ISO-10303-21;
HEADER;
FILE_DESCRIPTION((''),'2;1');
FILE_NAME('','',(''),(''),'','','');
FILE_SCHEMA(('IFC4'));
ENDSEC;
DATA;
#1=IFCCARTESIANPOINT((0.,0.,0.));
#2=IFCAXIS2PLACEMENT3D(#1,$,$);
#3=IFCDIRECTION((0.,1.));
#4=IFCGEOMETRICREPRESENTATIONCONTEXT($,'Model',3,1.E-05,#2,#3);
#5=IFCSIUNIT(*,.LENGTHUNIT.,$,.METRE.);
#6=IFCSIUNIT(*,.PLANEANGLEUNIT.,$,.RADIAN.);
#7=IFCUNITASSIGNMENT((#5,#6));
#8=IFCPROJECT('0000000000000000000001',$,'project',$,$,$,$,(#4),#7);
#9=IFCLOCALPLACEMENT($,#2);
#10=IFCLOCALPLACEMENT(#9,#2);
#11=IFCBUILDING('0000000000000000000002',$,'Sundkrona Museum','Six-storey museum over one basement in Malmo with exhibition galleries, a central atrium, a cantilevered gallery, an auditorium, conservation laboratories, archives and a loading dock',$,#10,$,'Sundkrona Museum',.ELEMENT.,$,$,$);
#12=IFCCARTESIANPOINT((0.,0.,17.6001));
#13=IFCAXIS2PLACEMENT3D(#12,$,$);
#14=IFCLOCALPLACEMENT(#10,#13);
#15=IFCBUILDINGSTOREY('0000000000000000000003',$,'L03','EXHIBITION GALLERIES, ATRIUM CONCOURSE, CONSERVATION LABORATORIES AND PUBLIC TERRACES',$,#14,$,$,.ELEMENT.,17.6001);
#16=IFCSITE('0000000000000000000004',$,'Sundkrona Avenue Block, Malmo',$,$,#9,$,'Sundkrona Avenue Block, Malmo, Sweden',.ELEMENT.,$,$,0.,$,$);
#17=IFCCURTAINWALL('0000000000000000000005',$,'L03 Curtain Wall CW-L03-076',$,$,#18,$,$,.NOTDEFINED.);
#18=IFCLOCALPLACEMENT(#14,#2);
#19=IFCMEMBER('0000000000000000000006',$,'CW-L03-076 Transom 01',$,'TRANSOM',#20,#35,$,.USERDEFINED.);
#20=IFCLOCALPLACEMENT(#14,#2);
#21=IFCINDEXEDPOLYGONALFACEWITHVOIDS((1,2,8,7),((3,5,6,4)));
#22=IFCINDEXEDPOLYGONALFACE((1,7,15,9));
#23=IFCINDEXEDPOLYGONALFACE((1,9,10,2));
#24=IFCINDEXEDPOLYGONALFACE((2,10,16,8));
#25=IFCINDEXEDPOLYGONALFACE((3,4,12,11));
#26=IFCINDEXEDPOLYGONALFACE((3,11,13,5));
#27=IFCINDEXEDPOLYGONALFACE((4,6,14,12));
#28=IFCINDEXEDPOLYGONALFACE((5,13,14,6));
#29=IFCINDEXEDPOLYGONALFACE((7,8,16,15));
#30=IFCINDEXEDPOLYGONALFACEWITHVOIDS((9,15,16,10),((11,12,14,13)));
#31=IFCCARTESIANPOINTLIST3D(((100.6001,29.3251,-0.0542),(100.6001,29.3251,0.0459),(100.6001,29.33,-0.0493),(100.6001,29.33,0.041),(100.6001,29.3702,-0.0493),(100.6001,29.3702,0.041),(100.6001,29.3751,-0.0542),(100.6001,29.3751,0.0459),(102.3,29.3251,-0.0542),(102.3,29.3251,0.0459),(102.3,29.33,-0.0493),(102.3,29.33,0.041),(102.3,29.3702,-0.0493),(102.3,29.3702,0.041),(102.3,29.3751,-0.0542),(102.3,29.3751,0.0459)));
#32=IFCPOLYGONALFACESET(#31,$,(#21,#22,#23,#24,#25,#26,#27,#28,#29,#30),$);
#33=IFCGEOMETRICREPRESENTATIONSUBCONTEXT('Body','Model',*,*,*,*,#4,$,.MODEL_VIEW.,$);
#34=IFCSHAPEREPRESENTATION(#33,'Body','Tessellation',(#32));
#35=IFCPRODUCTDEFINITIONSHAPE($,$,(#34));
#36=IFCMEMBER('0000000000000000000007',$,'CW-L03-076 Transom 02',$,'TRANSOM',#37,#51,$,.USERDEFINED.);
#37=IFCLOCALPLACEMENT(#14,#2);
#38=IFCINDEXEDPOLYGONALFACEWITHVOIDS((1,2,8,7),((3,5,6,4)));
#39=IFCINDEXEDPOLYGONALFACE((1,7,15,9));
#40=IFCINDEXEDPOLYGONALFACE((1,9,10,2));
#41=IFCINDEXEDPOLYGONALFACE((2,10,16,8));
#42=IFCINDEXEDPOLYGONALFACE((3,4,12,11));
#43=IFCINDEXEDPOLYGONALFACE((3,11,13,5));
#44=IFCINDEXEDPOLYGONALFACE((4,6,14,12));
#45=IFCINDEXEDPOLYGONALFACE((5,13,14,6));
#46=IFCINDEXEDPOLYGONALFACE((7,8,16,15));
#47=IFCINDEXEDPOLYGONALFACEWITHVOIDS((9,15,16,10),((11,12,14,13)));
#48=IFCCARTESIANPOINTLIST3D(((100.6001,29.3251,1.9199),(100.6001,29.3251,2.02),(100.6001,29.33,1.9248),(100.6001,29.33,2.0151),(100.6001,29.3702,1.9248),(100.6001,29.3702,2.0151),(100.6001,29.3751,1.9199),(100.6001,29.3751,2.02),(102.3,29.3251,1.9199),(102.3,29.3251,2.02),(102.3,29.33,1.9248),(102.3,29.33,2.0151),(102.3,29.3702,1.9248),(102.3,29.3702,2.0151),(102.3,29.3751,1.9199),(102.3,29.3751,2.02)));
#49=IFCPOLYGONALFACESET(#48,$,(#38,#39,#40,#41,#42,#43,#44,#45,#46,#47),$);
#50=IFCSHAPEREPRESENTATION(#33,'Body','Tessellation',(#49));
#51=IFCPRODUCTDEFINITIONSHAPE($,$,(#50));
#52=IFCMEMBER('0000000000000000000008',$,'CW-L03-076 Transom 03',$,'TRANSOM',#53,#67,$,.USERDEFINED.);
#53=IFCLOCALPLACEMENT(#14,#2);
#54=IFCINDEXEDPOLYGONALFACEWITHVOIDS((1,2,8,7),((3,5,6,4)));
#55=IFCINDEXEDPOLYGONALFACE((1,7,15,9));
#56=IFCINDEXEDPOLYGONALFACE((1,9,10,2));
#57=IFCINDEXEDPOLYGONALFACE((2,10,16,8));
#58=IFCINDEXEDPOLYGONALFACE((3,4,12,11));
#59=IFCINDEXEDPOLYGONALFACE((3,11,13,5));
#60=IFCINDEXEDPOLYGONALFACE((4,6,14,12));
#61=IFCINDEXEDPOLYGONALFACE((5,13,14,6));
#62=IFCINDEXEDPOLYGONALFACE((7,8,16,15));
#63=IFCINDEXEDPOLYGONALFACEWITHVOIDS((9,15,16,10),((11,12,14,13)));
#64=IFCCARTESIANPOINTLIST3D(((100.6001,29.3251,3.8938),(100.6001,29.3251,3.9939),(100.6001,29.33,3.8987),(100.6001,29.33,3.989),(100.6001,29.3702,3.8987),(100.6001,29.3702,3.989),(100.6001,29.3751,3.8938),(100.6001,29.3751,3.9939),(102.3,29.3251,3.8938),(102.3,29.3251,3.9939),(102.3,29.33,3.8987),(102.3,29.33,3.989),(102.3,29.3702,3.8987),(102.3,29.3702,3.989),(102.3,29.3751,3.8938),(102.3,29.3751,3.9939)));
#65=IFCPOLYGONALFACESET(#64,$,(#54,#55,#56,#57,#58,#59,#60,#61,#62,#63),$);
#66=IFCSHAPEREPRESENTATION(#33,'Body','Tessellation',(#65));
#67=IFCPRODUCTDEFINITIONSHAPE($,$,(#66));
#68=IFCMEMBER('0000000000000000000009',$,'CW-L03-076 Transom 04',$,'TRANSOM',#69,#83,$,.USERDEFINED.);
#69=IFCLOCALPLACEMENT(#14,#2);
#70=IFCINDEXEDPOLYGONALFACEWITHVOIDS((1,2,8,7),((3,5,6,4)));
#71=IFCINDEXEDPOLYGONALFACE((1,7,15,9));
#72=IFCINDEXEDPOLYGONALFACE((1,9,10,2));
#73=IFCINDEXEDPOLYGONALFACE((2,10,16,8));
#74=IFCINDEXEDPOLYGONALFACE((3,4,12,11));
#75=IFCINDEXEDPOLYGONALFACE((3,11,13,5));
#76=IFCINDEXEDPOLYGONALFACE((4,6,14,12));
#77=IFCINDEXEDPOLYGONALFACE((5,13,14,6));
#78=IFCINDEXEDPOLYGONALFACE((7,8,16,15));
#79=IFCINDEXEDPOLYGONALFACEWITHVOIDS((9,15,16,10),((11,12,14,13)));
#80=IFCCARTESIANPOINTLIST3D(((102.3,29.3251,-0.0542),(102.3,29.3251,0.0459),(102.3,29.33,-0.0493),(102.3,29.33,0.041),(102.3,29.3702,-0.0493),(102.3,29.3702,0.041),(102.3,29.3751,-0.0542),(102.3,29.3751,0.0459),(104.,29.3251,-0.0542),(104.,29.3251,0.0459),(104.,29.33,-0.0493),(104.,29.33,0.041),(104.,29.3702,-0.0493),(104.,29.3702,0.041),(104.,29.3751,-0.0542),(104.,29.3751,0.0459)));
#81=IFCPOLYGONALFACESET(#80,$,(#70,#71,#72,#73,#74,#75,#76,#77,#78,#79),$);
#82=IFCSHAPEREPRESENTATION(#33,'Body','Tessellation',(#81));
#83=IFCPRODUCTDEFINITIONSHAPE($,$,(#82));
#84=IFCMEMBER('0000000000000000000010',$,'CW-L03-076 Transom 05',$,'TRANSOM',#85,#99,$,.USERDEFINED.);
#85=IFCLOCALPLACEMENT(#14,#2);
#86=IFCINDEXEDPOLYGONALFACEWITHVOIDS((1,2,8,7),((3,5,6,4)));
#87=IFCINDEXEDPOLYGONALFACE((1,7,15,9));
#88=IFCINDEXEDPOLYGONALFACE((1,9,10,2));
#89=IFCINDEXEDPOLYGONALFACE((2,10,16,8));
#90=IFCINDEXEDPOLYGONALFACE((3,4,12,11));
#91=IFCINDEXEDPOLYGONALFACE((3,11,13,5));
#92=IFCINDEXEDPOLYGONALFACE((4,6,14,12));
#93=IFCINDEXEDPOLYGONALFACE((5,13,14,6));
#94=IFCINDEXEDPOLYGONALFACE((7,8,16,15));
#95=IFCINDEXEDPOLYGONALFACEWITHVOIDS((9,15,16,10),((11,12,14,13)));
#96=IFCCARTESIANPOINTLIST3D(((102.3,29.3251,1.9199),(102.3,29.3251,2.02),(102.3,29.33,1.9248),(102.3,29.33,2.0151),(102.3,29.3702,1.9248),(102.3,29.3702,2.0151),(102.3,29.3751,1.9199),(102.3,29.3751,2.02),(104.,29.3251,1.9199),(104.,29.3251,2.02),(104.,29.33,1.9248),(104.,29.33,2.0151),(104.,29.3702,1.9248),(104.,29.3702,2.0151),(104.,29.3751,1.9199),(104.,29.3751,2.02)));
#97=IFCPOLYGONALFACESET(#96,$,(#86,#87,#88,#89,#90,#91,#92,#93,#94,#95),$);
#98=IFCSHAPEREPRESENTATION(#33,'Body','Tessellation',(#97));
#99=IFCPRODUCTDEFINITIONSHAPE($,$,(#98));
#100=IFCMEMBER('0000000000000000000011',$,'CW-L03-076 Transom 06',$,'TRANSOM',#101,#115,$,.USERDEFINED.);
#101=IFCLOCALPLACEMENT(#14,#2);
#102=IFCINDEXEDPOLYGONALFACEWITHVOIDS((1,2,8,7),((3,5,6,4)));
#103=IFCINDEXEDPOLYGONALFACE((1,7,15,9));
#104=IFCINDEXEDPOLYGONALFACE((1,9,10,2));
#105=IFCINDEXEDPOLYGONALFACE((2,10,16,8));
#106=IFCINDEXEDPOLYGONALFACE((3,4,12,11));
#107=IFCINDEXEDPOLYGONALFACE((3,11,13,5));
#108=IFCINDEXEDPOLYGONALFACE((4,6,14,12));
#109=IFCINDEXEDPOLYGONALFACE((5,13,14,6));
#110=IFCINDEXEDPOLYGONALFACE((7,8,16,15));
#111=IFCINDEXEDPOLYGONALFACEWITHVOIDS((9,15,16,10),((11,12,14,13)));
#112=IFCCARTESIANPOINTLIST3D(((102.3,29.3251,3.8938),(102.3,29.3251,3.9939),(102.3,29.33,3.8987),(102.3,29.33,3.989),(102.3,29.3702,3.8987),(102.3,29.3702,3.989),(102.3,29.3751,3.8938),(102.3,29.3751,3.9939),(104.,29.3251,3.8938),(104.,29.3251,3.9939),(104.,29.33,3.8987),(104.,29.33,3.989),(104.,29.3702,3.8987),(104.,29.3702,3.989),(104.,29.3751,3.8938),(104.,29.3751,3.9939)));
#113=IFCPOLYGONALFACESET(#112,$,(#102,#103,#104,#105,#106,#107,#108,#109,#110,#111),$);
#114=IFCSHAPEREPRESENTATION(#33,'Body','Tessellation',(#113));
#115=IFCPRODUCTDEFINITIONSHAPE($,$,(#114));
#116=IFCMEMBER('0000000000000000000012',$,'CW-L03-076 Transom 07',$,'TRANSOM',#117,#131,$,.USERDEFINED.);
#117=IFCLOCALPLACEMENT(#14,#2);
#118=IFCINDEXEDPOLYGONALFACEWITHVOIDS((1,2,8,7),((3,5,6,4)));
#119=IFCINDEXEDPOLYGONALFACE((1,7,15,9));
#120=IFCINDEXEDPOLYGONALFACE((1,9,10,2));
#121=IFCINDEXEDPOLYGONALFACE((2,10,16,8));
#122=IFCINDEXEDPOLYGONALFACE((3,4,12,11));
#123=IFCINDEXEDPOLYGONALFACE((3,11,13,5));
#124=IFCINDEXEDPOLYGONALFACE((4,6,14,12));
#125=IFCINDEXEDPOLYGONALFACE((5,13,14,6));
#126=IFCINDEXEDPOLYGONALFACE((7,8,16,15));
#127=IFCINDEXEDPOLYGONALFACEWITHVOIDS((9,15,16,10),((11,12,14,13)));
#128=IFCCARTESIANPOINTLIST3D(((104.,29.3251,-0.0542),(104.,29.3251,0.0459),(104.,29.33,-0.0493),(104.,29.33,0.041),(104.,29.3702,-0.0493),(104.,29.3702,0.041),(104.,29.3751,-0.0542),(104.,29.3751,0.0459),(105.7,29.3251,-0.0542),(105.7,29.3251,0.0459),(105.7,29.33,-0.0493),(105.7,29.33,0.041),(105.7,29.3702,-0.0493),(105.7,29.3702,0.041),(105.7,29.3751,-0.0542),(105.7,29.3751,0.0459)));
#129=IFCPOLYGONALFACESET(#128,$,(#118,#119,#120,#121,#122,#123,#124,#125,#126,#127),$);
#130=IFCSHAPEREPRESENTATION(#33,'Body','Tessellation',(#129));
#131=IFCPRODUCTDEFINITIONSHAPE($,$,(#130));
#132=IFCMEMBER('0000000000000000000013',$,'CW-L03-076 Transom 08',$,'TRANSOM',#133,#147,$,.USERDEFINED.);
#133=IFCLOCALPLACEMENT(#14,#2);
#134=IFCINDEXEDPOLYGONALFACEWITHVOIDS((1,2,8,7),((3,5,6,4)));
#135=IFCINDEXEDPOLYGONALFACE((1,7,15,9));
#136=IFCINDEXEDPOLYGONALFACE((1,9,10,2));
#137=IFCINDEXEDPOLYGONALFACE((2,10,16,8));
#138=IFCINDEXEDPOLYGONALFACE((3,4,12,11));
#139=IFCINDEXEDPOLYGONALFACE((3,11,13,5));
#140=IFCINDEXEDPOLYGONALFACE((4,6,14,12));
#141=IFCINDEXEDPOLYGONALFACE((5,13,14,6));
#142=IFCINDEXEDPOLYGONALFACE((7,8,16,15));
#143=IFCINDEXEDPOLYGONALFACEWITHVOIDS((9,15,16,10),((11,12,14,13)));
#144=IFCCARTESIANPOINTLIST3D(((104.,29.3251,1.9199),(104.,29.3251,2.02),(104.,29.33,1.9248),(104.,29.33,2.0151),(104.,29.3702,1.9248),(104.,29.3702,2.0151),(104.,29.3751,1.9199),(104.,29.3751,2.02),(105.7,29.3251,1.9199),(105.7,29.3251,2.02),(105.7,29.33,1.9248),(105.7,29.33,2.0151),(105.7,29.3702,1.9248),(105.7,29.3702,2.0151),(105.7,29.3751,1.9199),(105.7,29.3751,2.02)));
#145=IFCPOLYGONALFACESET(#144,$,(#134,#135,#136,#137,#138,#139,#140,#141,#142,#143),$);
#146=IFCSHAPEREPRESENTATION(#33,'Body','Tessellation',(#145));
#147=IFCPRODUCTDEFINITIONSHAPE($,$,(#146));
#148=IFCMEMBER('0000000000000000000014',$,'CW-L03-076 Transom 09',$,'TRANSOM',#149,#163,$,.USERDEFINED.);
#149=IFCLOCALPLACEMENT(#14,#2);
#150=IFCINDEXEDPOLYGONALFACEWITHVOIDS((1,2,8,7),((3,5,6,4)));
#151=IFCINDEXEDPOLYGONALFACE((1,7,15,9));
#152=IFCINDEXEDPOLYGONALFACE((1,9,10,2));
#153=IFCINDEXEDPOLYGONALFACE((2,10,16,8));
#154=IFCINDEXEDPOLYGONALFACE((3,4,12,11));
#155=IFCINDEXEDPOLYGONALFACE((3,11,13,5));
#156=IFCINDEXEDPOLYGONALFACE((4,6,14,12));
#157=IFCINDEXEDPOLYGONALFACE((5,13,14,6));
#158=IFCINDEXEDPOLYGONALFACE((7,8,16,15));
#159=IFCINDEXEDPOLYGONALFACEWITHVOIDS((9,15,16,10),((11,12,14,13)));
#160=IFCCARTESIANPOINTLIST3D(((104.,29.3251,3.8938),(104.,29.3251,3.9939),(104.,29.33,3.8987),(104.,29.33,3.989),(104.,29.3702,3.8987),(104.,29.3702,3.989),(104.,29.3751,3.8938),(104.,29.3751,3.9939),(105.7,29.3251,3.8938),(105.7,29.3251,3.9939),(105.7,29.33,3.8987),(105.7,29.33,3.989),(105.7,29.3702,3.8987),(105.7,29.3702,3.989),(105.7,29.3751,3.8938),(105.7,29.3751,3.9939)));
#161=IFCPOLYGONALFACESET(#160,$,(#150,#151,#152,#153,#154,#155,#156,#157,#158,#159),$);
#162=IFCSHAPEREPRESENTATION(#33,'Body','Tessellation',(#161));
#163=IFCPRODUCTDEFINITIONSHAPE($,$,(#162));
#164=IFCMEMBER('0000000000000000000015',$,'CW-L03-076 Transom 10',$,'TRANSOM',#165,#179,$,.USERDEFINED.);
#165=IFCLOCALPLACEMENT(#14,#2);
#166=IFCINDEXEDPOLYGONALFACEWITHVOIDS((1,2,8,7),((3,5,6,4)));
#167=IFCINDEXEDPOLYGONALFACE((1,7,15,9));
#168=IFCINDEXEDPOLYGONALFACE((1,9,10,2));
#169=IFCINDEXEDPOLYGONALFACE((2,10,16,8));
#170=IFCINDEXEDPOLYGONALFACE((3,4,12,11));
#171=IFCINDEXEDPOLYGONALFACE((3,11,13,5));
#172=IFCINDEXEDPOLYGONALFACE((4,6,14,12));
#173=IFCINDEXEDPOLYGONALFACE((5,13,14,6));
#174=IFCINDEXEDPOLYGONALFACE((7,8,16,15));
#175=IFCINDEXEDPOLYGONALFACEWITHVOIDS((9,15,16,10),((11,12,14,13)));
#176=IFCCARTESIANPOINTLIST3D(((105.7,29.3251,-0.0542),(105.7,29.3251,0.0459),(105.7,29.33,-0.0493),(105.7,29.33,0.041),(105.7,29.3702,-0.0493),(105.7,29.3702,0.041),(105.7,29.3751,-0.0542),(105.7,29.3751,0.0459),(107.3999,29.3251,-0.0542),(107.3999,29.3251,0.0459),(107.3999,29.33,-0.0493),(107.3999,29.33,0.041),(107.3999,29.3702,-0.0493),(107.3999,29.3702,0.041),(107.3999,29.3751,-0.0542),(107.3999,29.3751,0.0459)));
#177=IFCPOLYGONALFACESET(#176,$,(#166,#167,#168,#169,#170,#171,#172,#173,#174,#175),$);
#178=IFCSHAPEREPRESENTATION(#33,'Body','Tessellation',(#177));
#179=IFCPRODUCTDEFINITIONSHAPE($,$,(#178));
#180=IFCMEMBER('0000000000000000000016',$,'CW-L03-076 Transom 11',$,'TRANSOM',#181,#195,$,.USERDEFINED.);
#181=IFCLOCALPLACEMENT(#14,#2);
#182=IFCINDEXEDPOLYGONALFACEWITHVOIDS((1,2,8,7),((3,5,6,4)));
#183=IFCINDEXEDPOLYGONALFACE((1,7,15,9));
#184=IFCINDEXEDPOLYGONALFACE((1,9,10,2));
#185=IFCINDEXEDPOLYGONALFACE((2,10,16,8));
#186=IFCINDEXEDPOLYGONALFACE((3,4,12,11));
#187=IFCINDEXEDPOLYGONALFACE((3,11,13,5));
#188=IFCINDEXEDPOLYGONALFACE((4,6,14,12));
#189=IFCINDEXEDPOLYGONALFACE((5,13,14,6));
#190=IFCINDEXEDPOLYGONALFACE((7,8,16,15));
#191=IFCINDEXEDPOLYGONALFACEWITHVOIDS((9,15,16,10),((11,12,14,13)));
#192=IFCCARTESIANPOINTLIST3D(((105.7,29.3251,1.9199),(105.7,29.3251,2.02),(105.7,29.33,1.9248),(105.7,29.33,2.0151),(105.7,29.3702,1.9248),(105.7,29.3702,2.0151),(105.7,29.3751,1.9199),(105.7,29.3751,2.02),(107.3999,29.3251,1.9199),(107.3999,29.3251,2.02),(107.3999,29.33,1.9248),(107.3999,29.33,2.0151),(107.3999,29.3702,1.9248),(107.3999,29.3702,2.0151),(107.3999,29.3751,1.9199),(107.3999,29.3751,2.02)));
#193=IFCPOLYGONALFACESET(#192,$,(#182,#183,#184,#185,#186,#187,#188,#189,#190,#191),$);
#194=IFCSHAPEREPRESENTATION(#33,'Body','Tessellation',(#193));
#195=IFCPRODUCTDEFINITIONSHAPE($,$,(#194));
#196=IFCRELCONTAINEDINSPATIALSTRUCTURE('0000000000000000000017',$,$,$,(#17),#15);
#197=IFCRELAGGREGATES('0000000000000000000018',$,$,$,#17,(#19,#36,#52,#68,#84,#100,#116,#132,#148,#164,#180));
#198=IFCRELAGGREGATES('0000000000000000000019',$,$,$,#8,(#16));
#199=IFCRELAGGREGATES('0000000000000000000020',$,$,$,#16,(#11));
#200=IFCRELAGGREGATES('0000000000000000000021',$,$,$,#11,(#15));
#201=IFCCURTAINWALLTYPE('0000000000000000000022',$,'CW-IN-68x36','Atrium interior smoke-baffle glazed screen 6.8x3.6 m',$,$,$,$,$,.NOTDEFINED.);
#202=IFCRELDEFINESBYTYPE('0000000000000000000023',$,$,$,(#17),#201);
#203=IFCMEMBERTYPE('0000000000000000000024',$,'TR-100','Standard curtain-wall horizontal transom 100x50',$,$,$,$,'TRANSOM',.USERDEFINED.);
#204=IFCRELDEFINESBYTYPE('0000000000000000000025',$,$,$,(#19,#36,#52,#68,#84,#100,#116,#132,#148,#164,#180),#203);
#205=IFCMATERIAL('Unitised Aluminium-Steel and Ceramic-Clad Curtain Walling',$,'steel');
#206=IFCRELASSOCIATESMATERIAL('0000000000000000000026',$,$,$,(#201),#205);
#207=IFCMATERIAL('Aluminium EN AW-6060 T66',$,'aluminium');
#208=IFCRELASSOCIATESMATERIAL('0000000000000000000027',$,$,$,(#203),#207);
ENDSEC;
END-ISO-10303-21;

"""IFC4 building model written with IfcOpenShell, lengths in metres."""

from ifc_helpers import new_model, si_unit, direction, frame, origin, origin_2d, place, context, subcontext, project, spatial, hollow_rectangle, extrude, material, material_profile, profile_set, type_object, element, aggregate, save


model = new_model("IFC4")

# Units and contexts
model_context = context("Model", 3, precision=1e-05, world=origin(), true_north=direction((0.0, 1.0)))
body_context = subcontext(model_context, "Body", "Model", "MODEL_VIEW")
ifc_project = project(units=[si_unit("LENGTHUNIT", "METRE"), si_unit("PLANEANGLEUNIT", "RADIAN")], contexts=[model_context])

# Site, building, storey
site_placement = place(None, origin())
site = spatial("IfcSite", under=ifc_project, at=site_placement, Name="Sundkrona Avenue Block, Malmo", LongName="Sundkrona Avenue Block, Malmo, Sweden", CompositionType="ELEMENT", RefElevation=0.0)
building_placement = place(site_placement, origin())
building = spatial("IfcBuilding", under=site, at=building_placement, Name="Sundkrona Museum", Description="Six-storey museum over one basement in Malmo with exhibition galleries, a central atrium, a cantilevered gallery, an auditorium, conservation laboratories, archives and a loading dock", LongName="Sundkrona Museum", CompositionType="ELEMENT")
storey_placement = place(building_placement, frame((0.0, 0.0, 17.6001)))
storey = spatial("IfcBuildingStorey", under=building, at=storey_placement, Name="L03", Description="EXHIBITION GALLERIES, ATRIUM CONCOURSE, CONSERVATION LABORATORIES AND PUBLIC TERRACES", CompositionType="ELEMENT", Elevation=17.6001)

# Curtain wall, members
ifc_material_1 = material(Name="Unitised Aluminium-Steel and Ceramic-Clad Curtain Walling", Category="steel")
curtain_wall_type = type_object("IfcCurtainWallType", Name="CW-IN-68x36", Description="Atrium interior smoke-baffle glazed screen 6.8x3.6 m", PredefinedType="NOTDEFINED", material=ifc_material_1)
curtain_wall_placement = place(storey_placement, origin())
curtain_wall = element("IfcCurtainWall", 1, at=curtain_wall_placement, inside=storey, type_object=curtain_wall_type, Name="L03 Curtain Wall CW-L03-076", PredefinedType="NOTDEFINED")
ifc_material_2 = material(Name="Aluminium EN AW-6060 T66", Category="aluminium")
ifc_material_profile_1 = material_profile(ifc_material_2, hollow_rectangle(XDim=0.05, YDim=0.1001, WallThickness=0.0049, at=origin_2d()), Name="RHS 100x50x5.0")
ifc_profile_set_1 = profile_set([ifc_material_profile_1], Name="Aluminium EN AW-6060 T66")
member_type_1 = type_object("IfcMemberType", Name="TR-100", Description="Standard curtain-wall horizontal transom 100x50", ElementType="TRANSOM", PredefinedType="USERDEFINED", material=ifc_profile_set_1)
member_1_placement = place(storey_placement, frame((100.6001, 29.3501, -0.0042), z_axis=(1.0, 0.0, 0.0), x_axis=(0.0, 1.0, 0.0)))
member_1 = element("IfcMember", 2, at=member_1_placement, type_object=member_type_1, Name="CW-L03-076 Transom 01", ObjectType="TRANSOM", PredefinedType="USERDEFINED", context=body_context, shape_type="SweptSolid", body=[
    extrude(hollow_rectangle(XDim=0.05, YDim=0.1001, WallThickness=0.0049, at=origin_2d()), origin(), (0.0, 0.0, 1.0), 1.7),
])
member_2_placement = place(storey_placement, frame((100.6001, 29.3501, 1.97), z_axis=(1.0, 0.0, 0.0), x_axis=(0.0, 1.0, 0.0)))
member_2 = element("IfcMember", 3, at=member_2_placement, type_object=member_type_1, Name="CW-L03-076 Transom 02", ObjectType="TRANSOM", PredefinedType="USERDEFINED", context=body_context, shape_type="SweptSolid", body=[
    extrude(hollow_rectangle(XDim=0.05, YDim=0.1001, WallThickness=0.0049, at=origin_2d()), origin(), (0.0, 0.0, 1.0), 1.7),
])
member_3_placement = place(storey_placement, frame((100.6001, 29.3501, 3.9438), z_axis=(1.0, 0.0, 0.0), x_axis=(0.0, 1.0, 0.0)))
member_3 = element("IfcMember", 4, at=member_3_placement, type_object=member_type_1, Name="CW-L03-076 Transom 03", ObjectType="TRANSOM", PredefinedType="USERDEFINED", context=body_context, shape_type="SweptSolid", body=[
    extrude(hollow_rectangle(XDim=0.05, YDim=0.1001, WallThickness=0.0049, at=origin_2d()), origin(), (0.0, 0.0, 1.0), 1.7),
])
member_4_placement = place(storey_placement, frame((102.3, 29.3501, -0.0042), z_axis=(1.0, 0.0, 0.0), x_axis=(0.0, 1.0, 0.0)))
member_4 = element("IfcMember", 5, at=member_4_placement, type_object=member_type_1, Name="CW-L03-076 Transom 04", ObjectType="TRANSOM", PredefinedType="USERDEFINED", context=body_context, shape_type="SweptSolid", body=[
    extrude(hollow_rectangle(XDim=0.05, YDim=0.1001, WallThickness=0.0049, at=origin_2d()), origin(), (0.0, 0.0, 1.0), 1.7),
])
member_5_placement = place(storey_placement, frame((102.3, 29.3501, 1.97), z_axis=(1.0, 0.0, 0.0), x_axis=(0.0, 1.0, 0.0)))
member_5 = element("IfcMember", 6, at=member_5_placement, type_object=member_type_1, Name="CW-L03-076 Transom 05", ObjectType="TRANSOM", PredefinedType="USERDEFINED", context=body_context, shape_type="SweptSolid", body=[
    extrude(hollow_rectangle(XDim=0.05, YDim=0.1001, WallThickness=0.0049, at=origin_2d()), origin(), (0.0, 0.0, 1.0), 1.7),
])
member_6_placement = place(storey_placement, frame((102.3, 29.3501, 3.9438), z_axis=(1.0, 0.0, 0.0), x_axis=(0.0, 1.0, 0.0)))
member_6 = element("IfcMember", 7, at=member_6_placement, type_object=member_type_1, Name="CW-L03-076 Transom 06", ObjectType="TRANSOM", PredefinedType="USERDEFINED", context=body_context, shape_type="SweptSolid", body=[
    extrude(hollow_rectangle(XDim=0.05, YDim=0.1001, WallThickness=0.0049, at=origin_2d()), origin(), (0.0, 0.0, 1.0), 1.7),
])
member_7_placement = place(storey_placement, frame((104.0, 29.3501, -0.0042), z_axis=(1.0, 0.0, 0.0), x_axis=(0.0, 1.0, 0.0)))
member_7 = element("IfcMember", 8, at=member_7_placement, type_object=member_type_1, Name="CW-L03-076 Transom 07", ObjectType="TRANSOM", PredefinedType="USERDEFINED", context=body_context, shape_type="SweptSolid", body=[
    extrude(hollow_rectangle(XDim=0.05, YDim=0.1001, WallThickness=0.0049, at=origin_2d()), origin(), (0.0, 0.0, 1.0), 1.7),
])
member_8_placement = place(storey_placement, frame((104.0, 29.3501, 1.97), z_axis=(1.0, 0.0, 0.0), x_axis=(0.0, 1.0, 0.0)))
member_8 = element("IfcMember", 9, at=member_8_placement, type_object=member_type_1, Name="CW-L03-076 Transom 08", ObjectType="TRANSOM", PredefinedType="USERDEFINED", context=body_context, shape_type="SweptSolid", body=[
    extrude(hollow_rectangle(XDim=0.05, YDim=0.1001, WallThickness=0.0049, at=origin_2d()), origin(), (0.0, 0.0, 1.0), 1.7),
])
member_9_placement = place(storey_placement, frame((104.0, 29.3501, 3.9438), z_axis=(1.0, 0.0, 0.0), x_axis=(0.0, 1.0, 0.0)))
member_9 = element("IfcMember", 10, at=member_9_placement, type_object=member_type_1, Name="CW-L03-076 Transom 09", ObjectType="TRANSOM", PredefinedType="USERDEFINED", context=body_context, shape_type="SweptSolid", body=[
    extrude(hollow_rectangle(XDim=0.05, YDim=0.1001, WallThickness=0.0049, at=origin_2d()), origin(), (0.0, 0.0, 1.0), 1.7),
])
member_10_placement = place(storey_placement, frame((105.7, 29.3501, -0.0042), z_axis=(1.0, 0.0, 0.0), x_axis=(0.0, 1.0, 0.0)))
member_10 = element("IfcMember", 11, at=member_10_placement, type_object=member_type_1, Name="CW-L03-076 Transom 10", ObjectType="TRANSOM", PredefinedType="USERDEFINED", context=body_context, shape_type="SweptSolid", body=[
    extrude(hollow_rectangle(XDim=0.05, YDim=0.1001, WallThickness=0.0049, at=origin_2d()), origin(), (0.0, 0.0, 1.0), 1.7),
])
member_11_placement = place(storey_placement, frame((105.7, 29.3501, 1.97), z_axis=(1.0, 0.0, 0.0), x_axis=(0.0, 1.0, 0.0)))
member_11 = element("IfcMember", 12, at=member_11_placement, type_object=member_type_1, Name="CW-L03-076 Transom 11", ObjectType="TRANSOM", PredefinedType="USERDEFINED", context=body_context, shape_type="SweptSolid", body=[
    extrude(hollow_rectangle(XDim=0.05, YDim=0.1001, WallThickness=0.0049, at=origin_2d()), origin(), (0.0, 0.0, 1.0), 1.7),
])
aggregate(curtain_wall, [member_1, member_2, member_3, member_4, member_5, member_6, member_7, member_8, member_9, member_10, member_11])

save(model, "model.ifc")
